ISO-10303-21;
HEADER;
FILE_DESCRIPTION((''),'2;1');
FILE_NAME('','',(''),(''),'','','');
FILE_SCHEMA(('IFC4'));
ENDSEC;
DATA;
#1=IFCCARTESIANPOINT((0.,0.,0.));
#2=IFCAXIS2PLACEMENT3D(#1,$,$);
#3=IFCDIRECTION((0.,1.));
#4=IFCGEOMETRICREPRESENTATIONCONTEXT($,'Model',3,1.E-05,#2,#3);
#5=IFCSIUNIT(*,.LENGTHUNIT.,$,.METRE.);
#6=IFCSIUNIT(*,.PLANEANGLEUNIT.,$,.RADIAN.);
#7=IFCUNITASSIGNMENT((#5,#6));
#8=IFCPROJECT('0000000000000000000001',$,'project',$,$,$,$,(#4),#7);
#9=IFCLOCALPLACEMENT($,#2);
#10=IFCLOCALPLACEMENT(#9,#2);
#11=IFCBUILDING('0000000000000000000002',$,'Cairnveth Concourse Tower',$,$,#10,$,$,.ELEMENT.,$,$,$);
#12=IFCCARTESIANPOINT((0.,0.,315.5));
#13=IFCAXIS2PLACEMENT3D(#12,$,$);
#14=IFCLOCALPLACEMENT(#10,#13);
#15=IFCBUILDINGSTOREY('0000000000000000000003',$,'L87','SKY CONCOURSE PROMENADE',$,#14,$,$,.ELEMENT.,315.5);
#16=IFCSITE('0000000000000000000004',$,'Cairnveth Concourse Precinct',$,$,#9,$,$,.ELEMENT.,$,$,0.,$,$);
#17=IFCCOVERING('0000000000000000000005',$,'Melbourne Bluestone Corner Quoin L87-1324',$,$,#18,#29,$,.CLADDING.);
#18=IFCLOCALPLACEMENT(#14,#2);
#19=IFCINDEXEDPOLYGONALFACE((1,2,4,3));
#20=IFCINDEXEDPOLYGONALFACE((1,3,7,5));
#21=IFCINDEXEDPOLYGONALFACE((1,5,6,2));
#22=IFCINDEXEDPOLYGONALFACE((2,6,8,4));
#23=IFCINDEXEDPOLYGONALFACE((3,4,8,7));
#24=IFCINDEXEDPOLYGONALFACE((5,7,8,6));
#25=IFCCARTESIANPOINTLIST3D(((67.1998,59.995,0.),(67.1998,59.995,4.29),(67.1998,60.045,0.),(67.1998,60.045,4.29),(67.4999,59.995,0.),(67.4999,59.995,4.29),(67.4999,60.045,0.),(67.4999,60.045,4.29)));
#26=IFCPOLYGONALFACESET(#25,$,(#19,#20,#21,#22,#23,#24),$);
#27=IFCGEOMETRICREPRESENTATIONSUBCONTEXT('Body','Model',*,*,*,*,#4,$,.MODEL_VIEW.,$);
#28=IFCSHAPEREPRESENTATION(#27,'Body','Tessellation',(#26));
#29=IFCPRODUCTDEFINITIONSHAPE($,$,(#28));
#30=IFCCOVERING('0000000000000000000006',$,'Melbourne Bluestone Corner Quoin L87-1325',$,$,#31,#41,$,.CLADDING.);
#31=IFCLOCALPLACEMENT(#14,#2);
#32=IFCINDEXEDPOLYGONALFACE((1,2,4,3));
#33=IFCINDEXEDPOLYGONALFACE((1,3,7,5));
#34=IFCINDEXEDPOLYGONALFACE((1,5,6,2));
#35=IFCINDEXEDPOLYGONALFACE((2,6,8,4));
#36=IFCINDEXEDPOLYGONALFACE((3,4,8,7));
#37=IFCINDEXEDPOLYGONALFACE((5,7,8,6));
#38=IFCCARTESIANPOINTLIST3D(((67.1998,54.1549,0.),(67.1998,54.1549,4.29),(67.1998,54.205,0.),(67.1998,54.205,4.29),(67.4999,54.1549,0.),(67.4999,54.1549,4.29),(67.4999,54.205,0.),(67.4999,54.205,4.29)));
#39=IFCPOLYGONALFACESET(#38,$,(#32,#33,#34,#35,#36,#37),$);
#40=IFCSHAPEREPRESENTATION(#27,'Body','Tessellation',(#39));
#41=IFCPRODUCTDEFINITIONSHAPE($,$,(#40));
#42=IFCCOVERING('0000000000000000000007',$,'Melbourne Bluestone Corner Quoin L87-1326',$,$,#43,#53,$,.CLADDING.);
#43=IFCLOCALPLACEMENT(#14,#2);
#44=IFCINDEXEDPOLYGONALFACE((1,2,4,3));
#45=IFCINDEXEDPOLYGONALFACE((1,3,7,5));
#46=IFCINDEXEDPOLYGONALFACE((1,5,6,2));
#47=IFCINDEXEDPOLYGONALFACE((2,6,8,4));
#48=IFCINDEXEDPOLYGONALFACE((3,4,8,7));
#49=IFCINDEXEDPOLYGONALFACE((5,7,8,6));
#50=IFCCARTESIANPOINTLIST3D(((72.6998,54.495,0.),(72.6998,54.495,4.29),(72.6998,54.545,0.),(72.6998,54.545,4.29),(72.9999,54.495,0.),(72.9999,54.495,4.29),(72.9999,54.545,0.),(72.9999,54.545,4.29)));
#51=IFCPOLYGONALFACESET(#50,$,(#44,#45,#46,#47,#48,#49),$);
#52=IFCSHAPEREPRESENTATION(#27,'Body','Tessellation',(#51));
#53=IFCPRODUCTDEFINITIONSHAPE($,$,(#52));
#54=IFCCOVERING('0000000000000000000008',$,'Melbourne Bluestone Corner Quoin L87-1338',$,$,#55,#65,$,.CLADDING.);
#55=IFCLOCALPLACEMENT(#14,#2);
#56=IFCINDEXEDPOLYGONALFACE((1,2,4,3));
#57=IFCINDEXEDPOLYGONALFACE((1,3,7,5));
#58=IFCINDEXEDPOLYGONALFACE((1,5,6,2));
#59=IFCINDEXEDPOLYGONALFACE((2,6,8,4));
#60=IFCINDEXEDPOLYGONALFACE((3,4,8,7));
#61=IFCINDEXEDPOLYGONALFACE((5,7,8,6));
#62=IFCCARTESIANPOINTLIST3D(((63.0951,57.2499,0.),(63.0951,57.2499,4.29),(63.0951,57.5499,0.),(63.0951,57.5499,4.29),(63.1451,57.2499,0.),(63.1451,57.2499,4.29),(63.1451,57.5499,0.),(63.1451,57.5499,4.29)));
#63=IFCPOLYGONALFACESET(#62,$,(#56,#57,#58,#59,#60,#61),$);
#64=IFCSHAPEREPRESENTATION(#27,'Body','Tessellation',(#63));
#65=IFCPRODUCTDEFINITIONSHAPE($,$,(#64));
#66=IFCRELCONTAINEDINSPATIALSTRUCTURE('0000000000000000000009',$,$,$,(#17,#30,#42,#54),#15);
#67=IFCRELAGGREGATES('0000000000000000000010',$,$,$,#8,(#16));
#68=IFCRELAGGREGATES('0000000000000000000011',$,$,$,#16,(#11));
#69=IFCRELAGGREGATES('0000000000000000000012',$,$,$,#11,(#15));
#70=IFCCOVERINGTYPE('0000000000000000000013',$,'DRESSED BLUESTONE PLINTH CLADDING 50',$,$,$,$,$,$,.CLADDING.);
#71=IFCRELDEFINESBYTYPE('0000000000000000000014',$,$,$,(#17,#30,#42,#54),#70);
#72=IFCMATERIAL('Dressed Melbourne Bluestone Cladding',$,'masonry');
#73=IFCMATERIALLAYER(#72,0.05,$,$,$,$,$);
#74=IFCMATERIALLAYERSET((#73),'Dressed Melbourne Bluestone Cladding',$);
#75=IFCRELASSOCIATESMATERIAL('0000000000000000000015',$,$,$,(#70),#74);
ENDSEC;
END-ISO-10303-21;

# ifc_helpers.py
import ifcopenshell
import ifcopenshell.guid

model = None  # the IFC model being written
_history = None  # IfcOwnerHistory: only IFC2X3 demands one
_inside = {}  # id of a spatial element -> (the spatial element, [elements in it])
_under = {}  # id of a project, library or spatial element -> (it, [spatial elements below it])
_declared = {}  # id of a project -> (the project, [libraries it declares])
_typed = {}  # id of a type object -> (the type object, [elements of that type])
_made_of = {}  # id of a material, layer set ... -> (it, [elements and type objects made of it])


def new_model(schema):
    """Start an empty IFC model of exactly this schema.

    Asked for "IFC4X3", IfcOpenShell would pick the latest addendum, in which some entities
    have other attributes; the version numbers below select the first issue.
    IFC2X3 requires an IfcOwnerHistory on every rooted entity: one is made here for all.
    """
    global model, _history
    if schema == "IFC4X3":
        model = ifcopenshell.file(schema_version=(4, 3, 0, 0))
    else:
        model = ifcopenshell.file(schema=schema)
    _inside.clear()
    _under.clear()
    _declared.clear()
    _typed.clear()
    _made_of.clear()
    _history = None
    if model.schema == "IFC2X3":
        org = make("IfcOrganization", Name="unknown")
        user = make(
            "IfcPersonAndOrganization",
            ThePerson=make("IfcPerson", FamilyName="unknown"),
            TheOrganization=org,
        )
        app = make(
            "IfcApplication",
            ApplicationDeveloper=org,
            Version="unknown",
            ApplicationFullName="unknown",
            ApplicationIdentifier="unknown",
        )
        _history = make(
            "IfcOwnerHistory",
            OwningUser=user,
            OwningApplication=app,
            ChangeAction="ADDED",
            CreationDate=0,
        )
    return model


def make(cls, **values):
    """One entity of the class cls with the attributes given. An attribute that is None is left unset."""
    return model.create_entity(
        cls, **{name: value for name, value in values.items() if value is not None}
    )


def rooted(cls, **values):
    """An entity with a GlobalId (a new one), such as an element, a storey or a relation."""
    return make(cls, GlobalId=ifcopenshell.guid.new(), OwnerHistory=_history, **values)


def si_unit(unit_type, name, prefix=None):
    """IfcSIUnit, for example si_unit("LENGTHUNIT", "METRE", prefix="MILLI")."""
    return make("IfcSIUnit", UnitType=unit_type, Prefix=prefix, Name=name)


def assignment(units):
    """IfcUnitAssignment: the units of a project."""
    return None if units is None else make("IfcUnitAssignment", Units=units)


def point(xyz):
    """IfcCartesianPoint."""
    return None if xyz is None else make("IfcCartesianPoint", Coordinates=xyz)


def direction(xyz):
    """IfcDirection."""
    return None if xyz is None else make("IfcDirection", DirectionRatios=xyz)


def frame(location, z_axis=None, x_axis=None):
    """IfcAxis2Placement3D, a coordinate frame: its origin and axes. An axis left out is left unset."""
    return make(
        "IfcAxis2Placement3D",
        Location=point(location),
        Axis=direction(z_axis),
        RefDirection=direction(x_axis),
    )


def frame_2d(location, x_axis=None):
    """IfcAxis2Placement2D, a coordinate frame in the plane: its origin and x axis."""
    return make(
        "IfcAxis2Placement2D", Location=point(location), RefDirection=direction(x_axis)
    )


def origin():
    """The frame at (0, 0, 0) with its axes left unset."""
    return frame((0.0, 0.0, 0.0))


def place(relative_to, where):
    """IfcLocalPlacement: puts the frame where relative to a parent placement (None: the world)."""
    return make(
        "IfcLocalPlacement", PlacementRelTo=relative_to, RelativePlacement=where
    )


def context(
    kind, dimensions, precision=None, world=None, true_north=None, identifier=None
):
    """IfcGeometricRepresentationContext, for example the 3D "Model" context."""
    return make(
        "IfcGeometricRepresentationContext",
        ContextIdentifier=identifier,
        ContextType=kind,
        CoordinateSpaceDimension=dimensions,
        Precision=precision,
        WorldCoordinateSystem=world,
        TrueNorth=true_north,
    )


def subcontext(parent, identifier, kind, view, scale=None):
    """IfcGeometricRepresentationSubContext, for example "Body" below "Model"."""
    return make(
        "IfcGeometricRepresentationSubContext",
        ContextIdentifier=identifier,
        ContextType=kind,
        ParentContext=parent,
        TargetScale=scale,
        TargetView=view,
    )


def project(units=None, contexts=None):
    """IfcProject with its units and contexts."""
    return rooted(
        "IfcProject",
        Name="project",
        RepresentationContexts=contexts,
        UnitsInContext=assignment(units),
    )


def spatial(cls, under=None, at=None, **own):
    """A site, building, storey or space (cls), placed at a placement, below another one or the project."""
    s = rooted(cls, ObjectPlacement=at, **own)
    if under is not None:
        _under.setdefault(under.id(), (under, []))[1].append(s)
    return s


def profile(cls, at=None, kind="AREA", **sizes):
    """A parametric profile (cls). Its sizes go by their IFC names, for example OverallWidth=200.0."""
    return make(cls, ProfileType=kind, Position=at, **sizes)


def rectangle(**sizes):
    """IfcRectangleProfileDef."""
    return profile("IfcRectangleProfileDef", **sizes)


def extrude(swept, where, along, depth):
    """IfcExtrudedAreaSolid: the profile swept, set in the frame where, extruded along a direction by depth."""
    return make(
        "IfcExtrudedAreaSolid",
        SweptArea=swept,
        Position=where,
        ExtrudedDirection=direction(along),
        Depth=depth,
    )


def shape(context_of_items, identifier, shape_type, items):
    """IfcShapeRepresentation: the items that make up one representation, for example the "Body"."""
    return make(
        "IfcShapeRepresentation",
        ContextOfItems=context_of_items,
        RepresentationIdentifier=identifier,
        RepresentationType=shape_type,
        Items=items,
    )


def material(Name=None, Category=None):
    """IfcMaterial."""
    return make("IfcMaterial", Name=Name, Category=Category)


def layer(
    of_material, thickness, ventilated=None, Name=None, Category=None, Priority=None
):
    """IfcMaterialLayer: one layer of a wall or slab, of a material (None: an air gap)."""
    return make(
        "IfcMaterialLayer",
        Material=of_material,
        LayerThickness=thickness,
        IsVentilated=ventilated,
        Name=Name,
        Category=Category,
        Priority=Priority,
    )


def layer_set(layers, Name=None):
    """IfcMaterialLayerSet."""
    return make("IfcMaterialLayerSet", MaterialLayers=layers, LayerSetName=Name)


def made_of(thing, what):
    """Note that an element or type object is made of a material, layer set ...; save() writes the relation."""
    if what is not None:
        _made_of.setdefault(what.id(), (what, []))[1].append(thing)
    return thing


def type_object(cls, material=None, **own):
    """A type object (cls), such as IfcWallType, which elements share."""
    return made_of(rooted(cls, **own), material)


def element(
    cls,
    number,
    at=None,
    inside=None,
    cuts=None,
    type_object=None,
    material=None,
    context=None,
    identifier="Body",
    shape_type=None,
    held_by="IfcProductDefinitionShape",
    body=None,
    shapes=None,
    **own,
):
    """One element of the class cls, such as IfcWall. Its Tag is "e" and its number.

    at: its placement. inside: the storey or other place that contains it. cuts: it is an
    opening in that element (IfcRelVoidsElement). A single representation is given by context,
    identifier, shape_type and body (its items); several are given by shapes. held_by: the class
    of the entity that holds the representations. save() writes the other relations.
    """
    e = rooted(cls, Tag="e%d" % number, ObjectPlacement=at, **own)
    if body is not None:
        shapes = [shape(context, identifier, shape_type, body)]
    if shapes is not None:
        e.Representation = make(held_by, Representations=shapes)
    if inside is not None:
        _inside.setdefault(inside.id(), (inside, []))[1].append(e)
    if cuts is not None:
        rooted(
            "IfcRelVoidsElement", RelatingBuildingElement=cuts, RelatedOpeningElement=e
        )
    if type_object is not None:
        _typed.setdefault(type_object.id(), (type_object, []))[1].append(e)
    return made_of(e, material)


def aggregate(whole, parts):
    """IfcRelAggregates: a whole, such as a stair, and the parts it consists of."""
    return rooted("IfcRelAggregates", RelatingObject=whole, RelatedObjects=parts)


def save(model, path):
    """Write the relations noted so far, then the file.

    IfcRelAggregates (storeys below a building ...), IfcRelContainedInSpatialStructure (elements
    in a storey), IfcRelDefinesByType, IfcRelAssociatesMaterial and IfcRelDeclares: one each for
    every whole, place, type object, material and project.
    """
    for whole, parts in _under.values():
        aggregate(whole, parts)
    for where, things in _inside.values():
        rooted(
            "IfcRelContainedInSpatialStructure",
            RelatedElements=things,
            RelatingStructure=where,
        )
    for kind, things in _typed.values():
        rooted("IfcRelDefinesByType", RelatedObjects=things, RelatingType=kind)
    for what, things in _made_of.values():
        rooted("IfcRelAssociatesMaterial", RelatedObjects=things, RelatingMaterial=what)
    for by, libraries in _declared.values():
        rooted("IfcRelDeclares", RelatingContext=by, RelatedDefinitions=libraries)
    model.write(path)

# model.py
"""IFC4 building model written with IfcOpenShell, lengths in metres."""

from ifc_helpers import new_model, si_unit, direction, frame, frame_2d, origin, place, context, subcontext, project, spatial, rectangle, extrude, material, layer, layer_set, type_object, element, save


model = new_model("IFC4")

# Units and contexts
model_context = context("Model", 3, precision=1e-05, world=origin(), true_north=direction((0.0, 1.0)))
body_context = subcontext(model_context, "Body", "Model", "MODEL_VIEW")
ifc_project = project(units=[si_unit("LENGTHUNIT", "METRE"), si_unit("PLANEANGLEUNIT", "RADIAN")], contexts=[model_context])

# Site, building, storey
site_placement = place(None, origin())
site = spatial("IfcSite", under=ifc_project, at=site_placement, Name="Cairnveth Concourse Precinct", CompositionType="ELEMENT", RefElevation=0.0)
building_placement = place(site_placement, origin())
building = spatial("IfcBuilding", under=site, at=building_placement, Name="Cairnveth Concourse Tower", CompositionType="ELEMENT")
storey_placement = place(building_placement, frame((0.0, 0.0, 315.5)))
storey = spatial("IfcBuildingStorey", under=building, at=storey_placement, Name="L87", Description="SKY CONCOURSE PROMENADE", CompositionType="ELEMENT", Elevation=315.5)

# Coverings
ifc_material_1 = material(Name="Dressed Melbourne Bluestone Cladding", Category="masonry")
ifc_layer_1 = layer(ifc_material_1, 0.05)
ifc_layer_set_1 = layer_set([ifc_layer_1], Name="Dressed Melbourne Bluestone Cladding")
covering_type = type_object("IfcCoveringType", Name="DRESSED BLUESTONE PLINTH CLADDING 50", PredefinedType="CLADDING", material=ifc_layer_set_1)
for number, where, z_axis, x_axis, name in (
    (1, (67.2, 60.02, 0.0), (0.0, 0.0, 1.0), (1.0, 0.0, 0.0), "Melbourne Bluestone Corner Quoin L87-1324"),
    (2, (67.2, 54.1799, 0.0), (0.0, 0.0, 1.0), (1.0, 0.0, 0.0), "Melbourne Bluestone Corner Quoin L87-1325"),
    (3, (72.7, 54.52, 0.0), (0.0, 0.0, 1.0), (1.0, 0.0, 0.0), "Melbourne Bluestone Corner Quoin L87-1326"),
    (4, (63.1201, 57.25, 0.0), (0.0, 0.0, 1.0), (0.0, 1.0, 0.0), "Melbourne Bluestone Corner Quoin L87-1338"),
):
    element("IfcCovering", number, at=place(storey_placement, frame(where, z_axis=z_axis, x_axis=x_axis)), inside=storey, type_object=covering_type, Name=name, PredefinedType="CLADDING", context=body_context, shape_type="SweptSolid", body=[
        extrude(rectangle(XDim=0.3, YDim=0.05, at=frame_2d((0.1499, 0.0))), origin(), (0.0, 0.0, 1.0), 4.29),
    ])

save(model, "model.ifc")
